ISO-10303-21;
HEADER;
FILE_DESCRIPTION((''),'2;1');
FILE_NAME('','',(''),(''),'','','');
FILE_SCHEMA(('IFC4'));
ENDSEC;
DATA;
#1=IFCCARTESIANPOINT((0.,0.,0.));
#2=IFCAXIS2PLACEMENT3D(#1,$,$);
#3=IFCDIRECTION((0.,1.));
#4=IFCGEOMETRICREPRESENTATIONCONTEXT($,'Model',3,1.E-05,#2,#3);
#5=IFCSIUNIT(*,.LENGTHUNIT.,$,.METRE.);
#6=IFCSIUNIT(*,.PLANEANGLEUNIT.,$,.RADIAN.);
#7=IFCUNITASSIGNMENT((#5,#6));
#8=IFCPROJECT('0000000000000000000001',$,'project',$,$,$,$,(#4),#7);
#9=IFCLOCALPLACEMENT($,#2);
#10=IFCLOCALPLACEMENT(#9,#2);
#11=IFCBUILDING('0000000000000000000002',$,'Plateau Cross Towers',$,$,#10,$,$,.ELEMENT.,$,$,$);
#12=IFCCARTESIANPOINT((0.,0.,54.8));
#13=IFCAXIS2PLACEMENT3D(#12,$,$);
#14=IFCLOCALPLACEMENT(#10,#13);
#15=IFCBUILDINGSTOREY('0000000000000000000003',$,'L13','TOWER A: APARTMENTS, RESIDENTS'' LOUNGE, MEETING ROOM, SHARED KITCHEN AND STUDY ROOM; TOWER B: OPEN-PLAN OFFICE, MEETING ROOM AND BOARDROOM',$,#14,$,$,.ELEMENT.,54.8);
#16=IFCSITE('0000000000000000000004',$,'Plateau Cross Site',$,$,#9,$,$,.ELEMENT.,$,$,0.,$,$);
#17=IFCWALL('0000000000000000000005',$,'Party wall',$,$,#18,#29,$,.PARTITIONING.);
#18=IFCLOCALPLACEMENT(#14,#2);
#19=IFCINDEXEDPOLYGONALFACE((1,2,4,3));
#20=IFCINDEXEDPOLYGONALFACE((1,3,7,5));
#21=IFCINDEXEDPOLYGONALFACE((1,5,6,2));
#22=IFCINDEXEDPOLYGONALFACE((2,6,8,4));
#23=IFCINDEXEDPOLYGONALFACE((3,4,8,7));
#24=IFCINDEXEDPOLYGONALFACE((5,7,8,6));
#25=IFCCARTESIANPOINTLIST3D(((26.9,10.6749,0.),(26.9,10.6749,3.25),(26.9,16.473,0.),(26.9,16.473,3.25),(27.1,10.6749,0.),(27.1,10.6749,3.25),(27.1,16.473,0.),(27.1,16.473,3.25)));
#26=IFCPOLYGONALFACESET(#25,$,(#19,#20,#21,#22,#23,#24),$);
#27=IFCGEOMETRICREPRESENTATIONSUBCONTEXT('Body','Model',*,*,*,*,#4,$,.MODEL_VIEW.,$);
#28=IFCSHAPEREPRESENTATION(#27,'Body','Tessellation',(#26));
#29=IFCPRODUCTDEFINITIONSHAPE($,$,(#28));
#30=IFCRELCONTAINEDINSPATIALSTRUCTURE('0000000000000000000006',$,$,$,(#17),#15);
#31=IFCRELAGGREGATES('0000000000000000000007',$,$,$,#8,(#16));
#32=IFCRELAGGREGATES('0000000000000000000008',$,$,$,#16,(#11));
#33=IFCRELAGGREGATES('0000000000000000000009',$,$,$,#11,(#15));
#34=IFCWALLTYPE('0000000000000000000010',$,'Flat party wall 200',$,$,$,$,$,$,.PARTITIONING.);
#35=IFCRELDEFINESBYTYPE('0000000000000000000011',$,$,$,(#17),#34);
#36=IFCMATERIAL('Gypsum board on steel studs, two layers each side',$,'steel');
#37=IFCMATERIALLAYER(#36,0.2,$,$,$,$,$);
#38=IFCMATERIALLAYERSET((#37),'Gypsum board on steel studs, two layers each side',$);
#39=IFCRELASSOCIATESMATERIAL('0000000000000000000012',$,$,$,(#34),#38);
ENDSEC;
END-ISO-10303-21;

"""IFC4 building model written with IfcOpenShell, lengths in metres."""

from ifc_helpers import new_model, si_unit, direction, frame, frame_2d, origin, place, context, subcontext, project, spatial, rectangle, extrude, material, layer, layer_set, type_object, element, save


model = new_model("IFC4")

# Units and contexts
model_context = context("Model", 3, precision=1e-05, world=origin(), true_north=direction((0.0, 1.0)))
body_context = subcontext(model_context, "Body", "Model", "MODEL_VIEW")
ifc_project = project(units=[si_unit("LENGTHUNIT", "METRE"), si_unit("PLANEANGLEUNIT", "RADIAN")], contexts=[model_context])

# Site, building, storey
site_placement = place(None, origin())
site = spatial("IfcSite", under=ifc_project, at=site_placement, Name="Plateau Cross Site", CompositionType="ELEMENT", RefElevation=0.0)
building_placement = place(site_placement, origin())
building = spatial("IfcBuilding", under=site, at=building_placement, Name="Plateau Cross Towers", CompositionType="ELEMENT")
storey_placement = place(building_placement, frame((0.0, 0.0, 54.8)))
storey = spatial("IfcBuildingStorey", under=building, at=storey_placement, Name="L13", Description="TOWER A: APARTMENTS, RESIDENTS' LOUNGE, MEETING ROOM, SHARED KITCHEN AND STUDY ROOM; TOWER B: OPEN-PLAN OFFICE, MEETING ROOM AND BOARDROOM", CompositionType="ELEMENT", Elevation=54.8)

# Wall
ifc_material_1 = material(Name="Gypsum board on steel studs, two layers each side", Category="steel")
ifc_layer_1 = layer(ifc_material_1, 0.2)
ifc_layer_set_1 = layer_set([ifc_layer_1], Name="Gypsum board on steel studs, two layers each side")
wall_type_1 = type_object("IfcWallType", Name="Flat party wall 200", PredefinedType="PARTITIONING", material=ifc_layer_set_1)
wall_1_placement = place(storey_placement, frame((27.0, 10.675, 0.0), z_axis=(0.0, 0.0, 1.0), x_axis=(0.0, 1.0, 0.0)))
element("IfcWall", 1, at=wall_1_placement, inside=storey, type_object=wall_type_1, Name="Party wall", PredefinedType="PARTITIONING", context=body_context, shape_type="SweptSolid", body=[
    extrude(rectangle(XDim=5.7981, YDim=0.2, at=frame_2d((2.8989, 0.0))), origin(), (0.0, 0.0, 1.0), 3.25),
])

save(model, "model.ifc")
